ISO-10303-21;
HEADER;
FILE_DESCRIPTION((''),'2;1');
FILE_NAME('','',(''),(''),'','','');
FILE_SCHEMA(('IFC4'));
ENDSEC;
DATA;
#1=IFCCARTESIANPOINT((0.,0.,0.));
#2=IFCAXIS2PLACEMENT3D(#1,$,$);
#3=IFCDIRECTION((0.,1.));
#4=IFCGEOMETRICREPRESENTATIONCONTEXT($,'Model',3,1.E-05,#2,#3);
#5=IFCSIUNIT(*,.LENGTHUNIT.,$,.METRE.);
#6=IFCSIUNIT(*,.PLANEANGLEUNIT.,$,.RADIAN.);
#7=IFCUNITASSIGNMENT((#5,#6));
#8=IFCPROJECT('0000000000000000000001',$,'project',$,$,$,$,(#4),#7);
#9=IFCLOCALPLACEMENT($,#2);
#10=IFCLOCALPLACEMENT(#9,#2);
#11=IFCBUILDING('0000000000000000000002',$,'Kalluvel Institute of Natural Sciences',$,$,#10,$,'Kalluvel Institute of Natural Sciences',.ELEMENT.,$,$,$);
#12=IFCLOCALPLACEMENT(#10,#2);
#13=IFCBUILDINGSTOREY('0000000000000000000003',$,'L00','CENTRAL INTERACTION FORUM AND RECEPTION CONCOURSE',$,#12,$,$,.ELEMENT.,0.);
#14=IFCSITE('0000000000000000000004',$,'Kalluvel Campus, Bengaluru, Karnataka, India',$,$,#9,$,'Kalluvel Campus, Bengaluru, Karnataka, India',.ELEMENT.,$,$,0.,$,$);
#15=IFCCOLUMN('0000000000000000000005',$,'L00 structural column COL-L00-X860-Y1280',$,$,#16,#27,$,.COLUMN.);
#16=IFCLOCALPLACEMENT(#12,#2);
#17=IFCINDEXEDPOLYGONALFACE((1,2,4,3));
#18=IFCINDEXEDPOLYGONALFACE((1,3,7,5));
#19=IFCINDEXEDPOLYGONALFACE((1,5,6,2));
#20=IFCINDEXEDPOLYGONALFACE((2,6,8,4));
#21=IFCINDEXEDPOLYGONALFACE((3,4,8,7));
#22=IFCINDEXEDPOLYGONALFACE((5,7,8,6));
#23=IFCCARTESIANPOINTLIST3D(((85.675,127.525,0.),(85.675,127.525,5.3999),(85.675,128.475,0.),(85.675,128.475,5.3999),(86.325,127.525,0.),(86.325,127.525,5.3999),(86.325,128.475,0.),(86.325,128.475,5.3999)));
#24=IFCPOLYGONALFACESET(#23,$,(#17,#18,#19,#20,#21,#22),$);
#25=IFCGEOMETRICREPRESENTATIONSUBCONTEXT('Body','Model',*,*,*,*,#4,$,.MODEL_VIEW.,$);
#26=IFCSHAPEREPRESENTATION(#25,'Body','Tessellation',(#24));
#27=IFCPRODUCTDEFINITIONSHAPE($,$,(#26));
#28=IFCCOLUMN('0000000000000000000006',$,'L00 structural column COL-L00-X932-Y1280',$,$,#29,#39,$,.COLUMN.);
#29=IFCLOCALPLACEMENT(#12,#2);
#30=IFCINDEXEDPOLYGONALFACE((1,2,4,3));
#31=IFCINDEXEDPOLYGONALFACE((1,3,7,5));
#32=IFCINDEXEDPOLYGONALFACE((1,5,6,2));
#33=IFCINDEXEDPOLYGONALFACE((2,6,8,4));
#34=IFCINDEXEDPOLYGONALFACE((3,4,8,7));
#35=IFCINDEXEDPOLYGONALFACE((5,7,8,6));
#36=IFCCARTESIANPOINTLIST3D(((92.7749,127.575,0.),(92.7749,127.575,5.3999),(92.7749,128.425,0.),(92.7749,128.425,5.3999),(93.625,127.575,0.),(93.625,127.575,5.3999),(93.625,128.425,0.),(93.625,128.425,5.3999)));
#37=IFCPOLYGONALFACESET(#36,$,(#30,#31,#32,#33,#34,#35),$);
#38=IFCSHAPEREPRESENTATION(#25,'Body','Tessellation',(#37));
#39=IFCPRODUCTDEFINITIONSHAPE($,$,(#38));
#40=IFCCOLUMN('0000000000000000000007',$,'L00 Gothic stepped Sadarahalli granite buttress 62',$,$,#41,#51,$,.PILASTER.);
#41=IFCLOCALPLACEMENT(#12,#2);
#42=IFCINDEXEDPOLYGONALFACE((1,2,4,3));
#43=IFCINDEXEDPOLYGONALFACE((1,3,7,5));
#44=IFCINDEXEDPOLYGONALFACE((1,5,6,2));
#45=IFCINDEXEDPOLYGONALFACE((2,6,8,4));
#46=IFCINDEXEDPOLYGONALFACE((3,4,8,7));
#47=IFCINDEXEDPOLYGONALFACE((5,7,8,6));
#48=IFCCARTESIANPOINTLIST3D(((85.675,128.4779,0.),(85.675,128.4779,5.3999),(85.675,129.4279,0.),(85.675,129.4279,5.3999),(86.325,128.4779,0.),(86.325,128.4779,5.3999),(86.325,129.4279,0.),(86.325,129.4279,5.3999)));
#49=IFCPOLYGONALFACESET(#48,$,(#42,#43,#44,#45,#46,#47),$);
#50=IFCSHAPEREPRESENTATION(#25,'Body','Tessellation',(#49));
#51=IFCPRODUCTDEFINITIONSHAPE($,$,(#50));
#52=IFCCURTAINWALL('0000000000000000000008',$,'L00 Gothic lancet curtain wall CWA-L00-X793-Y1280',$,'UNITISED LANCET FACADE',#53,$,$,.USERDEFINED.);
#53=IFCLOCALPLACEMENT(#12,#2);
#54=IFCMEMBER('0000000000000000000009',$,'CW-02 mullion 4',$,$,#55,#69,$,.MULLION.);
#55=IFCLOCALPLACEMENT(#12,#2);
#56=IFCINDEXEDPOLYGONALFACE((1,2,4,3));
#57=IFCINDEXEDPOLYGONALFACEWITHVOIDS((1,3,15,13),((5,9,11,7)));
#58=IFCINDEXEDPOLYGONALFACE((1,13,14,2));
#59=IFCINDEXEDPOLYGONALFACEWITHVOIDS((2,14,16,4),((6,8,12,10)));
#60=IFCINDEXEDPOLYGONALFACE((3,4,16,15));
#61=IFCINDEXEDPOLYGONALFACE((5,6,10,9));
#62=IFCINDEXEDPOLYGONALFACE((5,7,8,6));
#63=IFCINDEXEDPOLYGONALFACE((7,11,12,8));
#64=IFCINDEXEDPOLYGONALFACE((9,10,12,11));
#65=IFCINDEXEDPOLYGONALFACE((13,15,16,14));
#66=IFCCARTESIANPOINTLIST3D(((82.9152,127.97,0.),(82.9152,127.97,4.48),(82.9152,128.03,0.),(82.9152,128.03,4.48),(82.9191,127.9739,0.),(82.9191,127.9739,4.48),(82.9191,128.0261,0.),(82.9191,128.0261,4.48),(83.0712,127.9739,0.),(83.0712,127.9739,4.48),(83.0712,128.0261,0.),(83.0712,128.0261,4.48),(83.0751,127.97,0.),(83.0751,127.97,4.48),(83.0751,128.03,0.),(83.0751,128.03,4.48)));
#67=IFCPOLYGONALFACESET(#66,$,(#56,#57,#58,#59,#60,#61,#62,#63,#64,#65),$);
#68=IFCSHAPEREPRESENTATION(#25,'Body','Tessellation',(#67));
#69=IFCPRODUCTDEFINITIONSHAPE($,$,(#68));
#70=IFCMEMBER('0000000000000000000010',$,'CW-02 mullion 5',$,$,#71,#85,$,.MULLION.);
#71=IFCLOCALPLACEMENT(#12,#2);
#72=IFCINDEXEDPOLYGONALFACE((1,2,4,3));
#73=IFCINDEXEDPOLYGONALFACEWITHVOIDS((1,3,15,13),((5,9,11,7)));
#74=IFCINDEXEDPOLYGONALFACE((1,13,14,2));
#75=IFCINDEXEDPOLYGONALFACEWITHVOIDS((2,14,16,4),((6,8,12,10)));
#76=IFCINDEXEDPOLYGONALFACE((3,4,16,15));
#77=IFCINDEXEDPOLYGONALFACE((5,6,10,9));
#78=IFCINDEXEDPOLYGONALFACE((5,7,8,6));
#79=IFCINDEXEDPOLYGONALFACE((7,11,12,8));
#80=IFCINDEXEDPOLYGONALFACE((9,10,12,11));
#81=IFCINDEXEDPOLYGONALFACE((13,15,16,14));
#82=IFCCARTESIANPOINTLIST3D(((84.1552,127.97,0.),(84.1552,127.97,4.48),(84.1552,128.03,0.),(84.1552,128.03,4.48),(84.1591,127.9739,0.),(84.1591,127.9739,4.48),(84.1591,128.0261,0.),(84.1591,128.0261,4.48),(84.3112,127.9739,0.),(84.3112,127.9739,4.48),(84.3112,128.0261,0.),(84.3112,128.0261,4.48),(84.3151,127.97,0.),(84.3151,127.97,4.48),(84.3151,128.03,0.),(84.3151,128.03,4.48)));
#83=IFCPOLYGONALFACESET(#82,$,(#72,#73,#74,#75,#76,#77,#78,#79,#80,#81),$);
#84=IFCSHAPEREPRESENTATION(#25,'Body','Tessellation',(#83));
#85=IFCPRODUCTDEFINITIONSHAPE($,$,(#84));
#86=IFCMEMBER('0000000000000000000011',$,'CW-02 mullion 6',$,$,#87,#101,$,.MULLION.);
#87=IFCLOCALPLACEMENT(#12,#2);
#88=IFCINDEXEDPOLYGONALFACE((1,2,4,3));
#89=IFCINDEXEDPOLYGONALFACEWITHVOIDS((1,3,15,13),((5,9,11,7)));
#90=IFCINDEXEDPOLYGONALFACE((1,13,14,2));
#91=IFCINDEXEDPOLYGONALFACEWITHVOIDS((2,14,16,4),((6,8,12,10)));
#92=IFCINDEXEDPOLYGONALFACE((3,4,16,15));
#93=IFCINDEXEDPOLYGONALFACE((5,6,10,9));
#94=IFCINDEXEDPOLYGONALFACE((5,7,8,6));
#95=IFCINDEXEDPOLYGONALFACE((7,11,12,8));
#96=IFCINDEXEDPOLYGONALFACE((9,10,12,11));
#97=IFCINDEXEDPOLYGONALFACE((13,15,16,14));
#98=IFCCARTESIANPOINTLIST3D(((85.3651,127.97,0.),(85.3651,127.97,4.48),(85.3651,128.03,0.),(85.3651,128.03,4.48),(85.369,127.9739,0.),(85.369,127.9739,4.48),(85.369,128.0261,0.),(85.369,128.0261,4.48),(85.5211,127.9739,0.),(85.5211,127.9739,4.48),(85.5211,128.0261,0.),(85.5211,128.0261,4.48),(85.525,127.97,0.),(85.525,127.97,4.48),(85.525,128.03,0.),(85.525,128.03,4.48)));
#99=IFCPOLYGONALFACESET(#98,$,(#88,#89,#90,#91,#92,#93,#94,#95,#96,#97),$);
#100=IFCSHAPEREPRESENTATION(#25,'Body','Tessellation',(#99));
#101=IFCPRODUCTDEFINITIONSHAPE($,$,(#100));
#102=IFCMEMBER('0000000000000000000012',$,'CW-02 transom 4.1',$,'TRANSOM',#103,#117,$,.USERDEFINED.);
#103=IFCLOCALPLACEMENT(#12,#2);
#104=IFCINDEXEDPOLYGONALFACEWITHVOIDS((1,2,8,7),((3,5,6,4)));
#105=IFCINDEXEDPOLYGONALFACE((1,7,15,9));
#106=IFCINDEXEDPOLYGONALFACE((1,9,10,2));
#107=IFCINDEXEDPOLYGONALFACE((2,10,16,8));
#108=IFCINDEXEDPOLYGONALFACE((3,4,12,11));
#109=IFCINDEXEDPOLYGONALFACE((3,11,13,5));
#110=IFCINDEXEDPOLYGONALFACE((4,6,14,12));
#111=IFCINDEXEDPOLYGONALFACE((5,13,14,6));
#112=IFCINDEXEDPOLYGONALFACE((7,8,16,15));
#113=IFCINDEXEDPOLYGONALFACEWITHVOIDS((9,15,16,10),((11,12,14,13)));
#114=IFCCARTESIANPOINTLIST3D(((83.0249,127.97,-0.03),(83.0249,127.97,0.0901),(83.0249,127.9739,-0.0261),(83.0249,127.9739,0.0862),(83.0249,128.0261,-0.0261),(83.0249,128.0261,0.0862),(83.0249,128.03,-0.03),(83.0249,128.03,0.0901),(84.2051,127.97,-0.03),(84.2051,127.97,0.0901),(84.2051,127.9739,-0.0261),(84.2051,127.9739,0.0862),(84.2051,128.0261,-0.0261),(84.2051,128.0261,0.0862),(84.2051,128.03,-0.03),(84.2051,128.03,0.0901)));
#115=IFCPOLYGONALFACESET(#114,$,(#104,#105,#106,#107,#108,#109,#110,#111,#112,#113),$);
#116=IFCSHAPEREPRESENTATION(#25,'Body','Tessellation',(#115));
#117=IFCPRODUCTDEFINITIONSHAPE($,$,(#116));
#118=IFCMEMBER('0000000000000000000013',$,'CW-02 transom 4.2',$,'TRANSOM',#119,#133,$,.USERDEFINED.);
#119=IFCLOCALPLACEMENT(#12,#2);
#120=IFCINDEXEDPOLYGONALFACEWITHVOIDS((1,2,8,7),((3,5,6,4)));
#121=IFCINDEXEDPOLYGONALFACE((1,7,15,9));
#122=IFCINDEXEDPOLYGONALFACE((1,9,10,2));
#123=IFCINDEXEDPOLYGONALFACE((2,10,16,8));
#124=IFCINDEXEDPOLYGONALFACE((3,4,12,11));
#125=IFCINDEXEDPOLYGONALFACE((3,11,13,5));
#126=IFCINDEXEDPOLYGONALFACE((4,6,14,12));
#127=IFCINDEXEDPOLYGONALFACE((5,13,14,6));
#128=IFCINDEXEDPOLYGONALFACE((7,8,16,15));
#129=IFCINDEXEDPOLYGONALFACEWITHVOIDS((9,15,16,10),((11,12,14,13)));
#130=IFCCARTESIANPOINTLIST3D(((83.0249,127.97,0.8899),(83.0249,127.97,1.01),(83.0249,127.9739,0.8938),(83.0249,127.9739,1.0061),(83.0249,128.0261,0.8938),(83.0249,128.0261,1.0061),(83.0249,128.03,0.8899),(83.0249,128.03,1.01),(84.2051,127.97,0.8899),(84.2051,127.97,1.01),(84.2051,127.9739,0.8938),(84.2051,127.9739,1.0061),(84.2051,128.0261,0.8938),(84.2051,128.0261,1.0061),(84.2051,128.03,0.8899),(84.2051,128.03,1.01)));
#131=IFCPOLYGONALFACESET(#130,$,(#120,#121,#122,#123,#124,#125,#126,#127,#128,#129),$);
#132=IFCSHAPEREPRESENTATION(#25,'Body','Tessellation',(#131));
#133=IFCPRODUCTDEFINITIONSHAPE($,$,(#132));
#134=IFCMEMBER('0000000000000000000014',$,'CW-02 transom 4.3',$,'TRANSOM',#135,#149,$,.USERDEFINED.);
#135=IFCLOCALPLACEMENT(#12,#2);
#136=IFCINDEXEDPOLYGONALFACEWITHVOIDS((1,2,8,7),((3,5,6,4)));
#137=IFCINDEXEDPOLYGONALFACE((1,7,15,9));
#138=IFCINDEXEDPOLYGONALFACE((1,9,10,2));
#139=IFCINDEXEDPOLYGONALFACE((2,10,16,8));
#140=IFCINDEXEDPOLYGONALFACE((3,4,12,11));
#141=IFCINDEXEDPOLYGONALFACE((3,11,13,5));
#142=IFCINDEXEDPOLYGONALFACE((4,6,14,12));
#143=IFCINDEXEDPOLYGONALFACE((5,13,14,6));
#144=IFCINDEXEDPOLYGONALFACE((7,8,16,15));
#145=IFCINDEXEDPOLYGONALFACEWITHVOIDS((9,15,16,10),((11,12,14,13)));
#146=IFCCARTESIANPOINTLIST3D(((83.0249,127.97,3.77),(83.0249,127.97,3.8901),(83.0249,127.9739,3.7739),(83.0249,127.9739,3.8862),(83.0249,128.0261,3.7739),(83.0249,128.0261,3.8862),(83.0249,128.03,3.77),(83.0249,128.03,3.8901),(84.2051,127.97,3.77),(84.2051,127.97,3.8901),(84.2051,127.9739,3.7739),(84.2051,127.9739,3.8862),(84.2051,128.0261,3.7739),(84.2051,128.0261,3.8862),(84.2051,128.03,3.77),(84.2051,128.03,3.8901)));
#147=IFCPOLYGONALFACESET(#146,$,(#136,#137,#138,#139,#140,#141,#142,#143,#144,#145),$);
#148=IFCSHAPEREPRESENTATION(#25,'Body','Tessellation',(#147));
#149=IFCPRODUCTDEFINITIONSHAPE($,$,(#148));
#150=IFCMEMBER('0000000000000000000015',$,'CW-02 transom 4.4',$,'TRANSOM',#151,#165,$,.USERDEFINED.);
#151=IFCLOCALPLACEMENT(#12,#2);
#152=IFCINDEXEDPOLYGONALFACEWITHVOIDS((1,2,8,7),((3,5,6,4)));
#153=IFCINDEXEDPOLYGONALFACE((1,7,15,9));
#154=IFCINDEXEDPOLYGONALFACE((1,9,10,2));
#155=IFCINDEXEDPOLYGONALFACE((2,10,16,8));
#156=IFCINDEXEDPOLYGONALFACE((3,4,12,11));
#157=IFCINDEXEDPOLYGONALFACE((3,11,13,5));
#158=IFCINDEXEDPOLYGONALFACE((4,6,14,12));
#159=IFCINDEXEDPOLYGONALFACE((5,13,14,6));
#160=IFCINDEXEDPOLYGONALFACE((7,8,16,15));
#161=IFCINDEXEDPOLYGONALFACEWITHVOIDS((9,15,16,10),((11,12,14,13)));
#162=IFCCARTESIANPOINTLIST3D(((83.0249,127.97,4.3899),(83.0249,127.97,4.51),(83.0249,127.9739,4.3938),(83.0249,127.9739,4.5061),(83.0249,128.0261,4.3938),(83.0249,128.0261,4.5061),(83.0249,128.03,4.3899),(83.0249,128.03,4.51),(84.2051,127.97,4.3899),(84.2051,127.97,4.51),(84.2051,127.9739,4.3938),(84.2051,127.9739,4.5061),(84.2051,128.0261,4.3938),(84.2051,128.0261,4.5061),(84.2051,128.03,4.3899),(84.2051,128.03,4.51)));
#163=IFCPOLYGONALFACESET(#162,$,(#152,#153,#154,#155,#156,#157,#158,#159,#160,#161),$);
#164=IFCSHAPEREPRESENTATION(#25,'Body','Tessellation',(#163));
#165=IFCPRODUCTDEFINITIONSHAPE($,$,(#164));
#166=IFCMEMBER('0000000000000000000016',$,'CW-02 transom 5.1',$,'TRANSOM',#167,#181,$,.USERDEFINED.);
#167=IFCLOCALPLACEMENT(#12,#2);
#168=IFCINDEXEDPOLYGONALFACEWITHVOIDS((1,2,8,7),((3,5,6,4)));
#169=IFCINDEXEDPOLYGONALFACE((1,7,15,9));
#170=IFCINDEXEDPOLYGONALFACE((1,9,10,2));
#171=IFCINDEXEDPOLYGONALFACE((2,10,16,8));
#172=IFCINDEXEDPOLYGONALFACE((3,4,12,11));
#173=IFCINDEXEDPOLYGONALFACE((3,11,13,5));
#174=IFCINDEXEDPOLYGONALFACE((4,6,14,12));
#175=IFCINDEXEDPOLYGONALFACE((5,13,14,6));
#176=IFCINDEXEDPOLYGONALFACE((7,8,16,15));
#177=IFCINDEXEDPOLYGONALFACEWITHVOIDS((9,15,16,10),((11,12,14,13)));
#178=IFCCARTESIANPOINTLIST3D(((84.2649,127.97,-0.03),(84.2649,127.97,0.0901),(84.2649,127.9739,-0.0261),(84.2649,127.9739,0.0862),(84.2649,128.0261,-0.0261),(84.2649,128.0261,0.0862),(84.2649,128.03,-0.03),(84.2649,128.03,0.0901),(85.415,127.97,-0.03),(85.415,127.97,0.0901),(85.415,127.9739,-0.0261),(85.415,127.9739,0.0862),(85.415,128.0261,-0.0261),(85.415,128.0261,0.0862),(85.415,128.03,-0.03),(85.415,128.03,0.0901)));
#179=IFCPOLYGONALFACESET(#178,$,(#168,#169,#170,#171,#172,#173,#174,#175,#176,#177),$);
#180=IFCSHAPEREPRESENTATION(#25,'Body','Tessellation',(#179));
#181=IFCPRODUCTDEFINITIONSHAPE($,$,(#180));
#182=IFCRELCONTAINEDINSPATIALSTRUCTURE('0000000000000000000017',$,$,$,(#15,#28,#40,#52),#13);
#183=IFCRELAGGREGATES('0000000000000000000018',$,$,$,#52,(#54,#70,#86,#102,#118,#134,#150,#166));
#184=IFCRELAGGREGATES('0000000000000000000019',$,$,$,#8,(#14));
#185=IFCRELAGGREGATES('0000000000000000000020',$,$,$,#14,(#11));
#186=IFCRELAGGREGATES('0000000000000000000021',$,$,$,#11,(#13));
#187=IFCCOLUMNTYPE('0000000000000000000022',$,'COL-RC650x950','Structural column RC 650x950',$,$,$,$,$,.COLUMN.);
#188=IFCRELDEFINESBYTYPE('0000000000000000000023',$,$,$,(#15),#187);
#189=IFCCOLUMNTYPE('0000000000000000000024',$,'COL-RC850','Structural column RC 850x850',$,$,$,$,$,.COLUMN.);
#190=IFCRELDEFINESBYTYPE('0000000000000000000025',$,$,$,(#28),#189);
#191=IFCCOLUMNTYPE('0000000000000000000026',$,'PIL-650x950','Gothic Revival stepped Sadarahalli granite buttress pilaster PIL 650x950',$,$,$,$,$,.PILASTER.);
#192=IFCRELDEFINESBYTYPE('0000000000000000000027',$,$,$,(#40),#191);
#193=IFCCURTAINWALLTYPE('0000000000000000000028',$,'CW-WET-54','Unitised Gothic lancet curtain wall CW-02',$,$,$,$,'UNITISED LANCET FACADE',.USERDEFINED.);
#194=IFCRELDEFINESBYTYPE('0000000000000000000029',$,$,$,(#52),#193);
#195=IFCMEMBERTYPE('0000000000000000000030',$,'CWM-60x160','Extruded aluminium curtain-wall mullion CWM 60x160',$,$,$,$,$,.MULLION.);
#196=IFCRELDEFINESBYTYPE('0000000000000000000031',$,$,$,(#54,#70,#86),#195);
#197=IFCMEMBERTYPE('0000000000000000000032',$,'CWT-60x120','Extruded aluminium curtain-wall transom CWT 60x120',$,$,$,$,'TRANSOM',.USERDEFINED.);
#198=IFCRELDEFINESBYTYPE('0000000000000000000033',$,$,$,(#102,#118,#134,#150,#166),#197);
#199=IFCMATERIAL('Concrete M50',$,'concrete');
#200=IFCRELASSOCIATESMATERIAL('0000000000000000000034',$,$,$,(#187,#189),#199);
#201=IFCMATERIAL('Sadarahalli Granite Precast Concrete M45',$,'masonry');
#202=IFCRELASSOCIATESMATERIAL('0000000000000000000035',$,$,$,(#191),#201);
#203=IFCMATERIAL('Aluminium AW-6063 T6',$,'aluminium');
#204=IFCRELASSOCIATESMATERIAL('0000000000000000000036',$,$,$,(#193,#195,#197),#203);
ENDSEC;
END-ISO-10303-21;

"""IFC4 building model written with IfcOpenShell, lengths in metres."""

from ifc_helpers import new_model, si_unit, direction, frame, origin, origin_2d, place, context, subcontext, project, spatial, rectangle, hollow_rectangle, extrude, material, material_profile, profile_set, type_object, element, aggregate, save


model = new_model("IFC4")

# Units and contexts
model_context = context("Model", 3, precision=1e-05, world=origin(), true_north=direction((0.0, 1.0)))
body_context = subcontext(model_context, "Body", "Model", "MODEL_VIEW")
ifc_project = project(units=[si_unit("LENGTHUNIT", "METRE"), si_unit("PLANEANGLEUNIT", "RADIAN")], contexts=[model_context])

# Site, building, storey
site_placement = place(None, origin())
site = spatial("IfcSite", under=ifc_project, at=site_placement, Name="Kalluvel Campus, Bengaluru, Karnataka, India", LongName="Kalluvel Campus, Bengaluru, Karnataka, India", CompositionType="ELEMENT", RefElevation=0.0)
building_placement = place(site_placement, origin())
building = spatial("IfcBuilding", under=site, at=building_placement, Name="Kalluvel Institute of Natural Sciences", LongName="Kalluvel Institute of Natural Sciences", CompositionType="ELEMENT")
storey_placement = place(building_placement, origin())
storey = spatial("IfcBuildingStorey", under=building, at=storey_placement, Name="L00", Description="CENTRAL INTERACTION FORUM AND RECEPTION CONCOURSE", CompositionType="ELEMENT", Elevation=0.0)

# Columns
ifc_material_1 = material(Name="Concrete M50", Category="concrete")
ifc_material_profile_1 = material_profile(ifc_material_1, rectangle(XDim=0.6499, YDim=0.95, at=origin_2d()), Name="RC 650x950")
ifc_profile_set_1 = profile_set([ifc_material_profile_1], Name="Concrete M50")
column_type_1 = type_object("IfcColumnType", Name="COL-RC650x950", Description="Structural column RC 650x950", PredefinedType="COLUMN", material=ifc_profile_set_1)
column_1_placement = place(storey_placement, frame((86.0, 128.0, 0.0), z_axis=(0.0, 0.0, 1.0), x_axis=(1.0, 0.0, 0.0)))
element("IfcColumn", 1, at=column_1_placement, inside=storey, type_object=column_type_1, Name="L00 structural column COL-L00-X860-Y1280", PredefinedType="COLUMN", context=body_context, shape_type="SweptSolid", body=[
    extrude(rectangle(XDim=0.6499, YDim=0.95, at=origin_2d()), origin(), (0.0, 0.0, 1.0), 5.3999),
])
ifc_material_profile_2 = material_profile(ifc_material_1, rectangle(XDim=0.8501, YDim=0.8501, at=origin_2d()), Name="RC 850x850")
ifc_profile_set_2 = profile_set([ifc_material_profile_2], Name="Concrete M50")
column_type_2 = type_object("IfcColumnType", Name="COL-RC850", Description="Structural column RC 850x850", PredefinedType="COLUMN", material=ifc_profile_set_2)
column_2_placement = place(storey_placement, frame((93.2, 128.0, 0.0), z_axis=(0.0, 0.0, 1.0), x_axis=(1.0, 0.0, 0.0)))
element("IfcColumn", 2, at=column_2_placement, inside=storey, type_object=column_type_2, Name="L00 structural column COL-L00-X932-Y1280", PredefinedType="COLUMN", context=body_context, shape_type="SweptSolid", body=[
    extrude(rectangle(XDim=0.8501, YDim=0.8501, at=origin_2d()), origin(), (0.0, 0.0, 1.0), 5.3999),
])
ifc_material_2 = material(Name="Sadarahalli Granite Precast Concrete M45", Category="masonry")
ifc_material_profile_3 = material_profile(ifc_material_2, rectangle(XDim=0.6499, YDim=0.95, at=origin_2d()), Name="PIL 650x950")
ifc_profile_set_3 = profile_set([ifc_material_profile_3], Name="Sadarahalli Granite Precast Concrete M45")
column_type_3 = type_object("IfcColumnType", Name="PIL-650x950", Description="Gothic Revival stepped Sadarahalli granite buttress pilaster PIL 650x950", PredefinedType="PILASTER", material=ifc_profile_set_3)
column_3_placement = place(storey_placement, frame((86.0, 128.9529, 0.0), z_axis=(0.0, 0.0, 1.0), x_axis=(1.0, 0.0, 0.0)))
element("IfcColumn", 3, at=column_3_placement, inside=storey, type_object=column_type_3, Name="L00 Gothic stepped Sadarahalli granite buttress 62", PredefinedType="PILASTER", context=body_context, shape_type="SweptSolid", body=[
    extrude(rectangle(XDim=0.6499, YDim=0.95, at=origin_2d()), origin(), (0.0, 0.0, 1.0), 5.3999),
])

# Curtain wall, members
ifc_material_3 = material(Name="Aluminium AW-6063 T6", Category="aluminium")
curtain_wall_type = type_object("IfcCurtainWallType", Name="CW-WET-54", Description="Unitised Gothic lancet curtain wall CW-02", ElementType="UNITISED LANCET FACADE", PredefinedType="USERDEFINED", material=ifc_material_3)
curtain_wall_placement = place(storey_placement, origin())
curtain_wall = element("IfcCurtainWall", 4, at=curtain_wall_placement, inside=storey, type_object=curtain_wall_type, Name="L00 Gothic lancet curtain wall CWA-L00-X793-Y1280", ObjectType="UNITISED LANCET FACADE", PredefinedType="USERDEFINED")
ifc_material_profile_4 = material_profile(ifc_material_3, hollow_rectangle(XDim=0.0601, YDim=0.1599, WallThickness=0.0039, at=origin_2d()), Name="CWM 60x160")
ifc_profile_set_4 = profile_set([ifc_material_profile_4], Name="Aluminium AW-6063 T6")
member_type_1 = type_object("IfcMemberType", Name="CWM-60x160", Description="Extruded aluminium curtain-wall mullion CWM 60x160", PredefinedType="MULLION", material=ifc_profile_set_4)
member_1_placement = place(storey_placement, frame((82.9951, 128.0, 0.0), z_axis=(0.0, 0.0, 1.0), x_axis=(0.0, 1.0, 0.0)))
member_1 = element("IfcMember", 5, at=member_1_placement, type_object=member_type_1, Name="CW-02 mullion 4", PredefinedType="MULLION", context=body_context, shape_type="SweptSolid", body=[
    extrude(hollow_rectangle(XDim=0.0601, YDim=0.1599, WallThickness=0.0039, at=origin_2d()), origin(), (0.0, 0.0, 1.0), 4.48),
])
member_2_placement = place(storey_placement, frame((84.2351, 128.0, 0.0), z_axis=(0.0, 0.0, 1.0), x_axis=(0.0, 1.0, 0.0)))
member_2 = element("IfcMember", 6, at=member_2_placement, type_object=member_type_1, Name="CW-02 mullion 5", PredefinedType="MULLION", context=body_context, shape_type="SweptSolid", body=[
    extrude(hollow_rectangle(XDim=0.0601, YDim=0.1599, WallThickness=0.0039, at=origin_2d()), origin(), (0.0, 0.0, 1.0), 4.48),
])
member_3_placement = place(storey_placement, frame((85.4451, 128.0, 0.0), z_axis=(0.0, 0.0, 1.0), x_axis=(0.0, 1.0, 0.0)))
member_3 = element("IfcMember", 7, at=member_3_placement, type_object=member_type_1, Name="CW-02 mullion 6", PredefinedType="MULLION", context=body_context, shape_type="SweptSolid", body=[
    extrude(hollow_rectangle(XDim=0.0601, YDim=0.1599, WallThickness=0.0039, at=origin_2d()), origin(), (0.0, 0.0, 1.0), 4.48),
])
ifc_material_profile_5 = material_profile(ifc_material_3, hollow_rectangle(XDim=0.0601, YDim=0.1201, WallThickness=0.0039, at=origin_2d()), Name="CWT 60x120")
ifc_profile_set_5 = profile_set([ifc_material_profile_5], Name="Aluminium AW-6063 T6")
member_type_2 = type_object("IfcMemberType", Name="CWT-60x120", Description="Extruded aluminium curtain-wall transom CWT 60x120", ElementType="TRANSOM", PredefinedType="USERDEFINED", material=ifc_profile_set_5)
member_4_placement = place(storey_placement, frame((83.0249, 128.0, 0.03), z_axis=(1.0, 0.0, 0.0), x_axis=(0.0, 1.0, 0.0)))
member_4 = element("IfcMember", 8, at=member_4_placement, type_object=member_type_2, Name="CW-02 transom 4.1", ObjectType="TRANSOM", PredefinedType="USERDEFINED", context=body_context, shape_type="SweptSolid", body=[
    extrude(hollow_rectangle(XDim=0.0601, YDim=0.1201, WallThickness=0.0039, at=origin_2d()), origin(), (0.0, 0.0, 1.0), 1.1802),
])
member_5_placement = place(storey_placement, frame((83.0249, 128.0, 0.95), z_axis=(1.0, 0.0, 0.0), x_axis=(0.0, 1.0, 0.0)))
member_5 = element("IfcMember", 9, at=member_5_placement, type_object=member_type_2, Name="CW-02 transom 4.2", ObjectType="TRANSOM", PredefinedType="USERDEFINED", context=body_context, shape_type="SweptSolid", body=[
    extrude(hollow_rectangle(XDim=0.0601, YDim=0.1201, WallThickness=0.0039, at=origin_2d()), origin(), (0.0, 0.0, 1.0), 1.1802),
])
member_6_placement = place(storey_placement, frame((83.0249, 128.0, 3.8301), z_axis=(1.0, 0.0, 0.0), x_axis=(0.0, 1.0, 0.0)))
member_6 = element("IfcMember", 10, at=member_6_placement, type_object=member_type_2, Name="CW-02 transom 4.3", ObjectType="TRANSOM", PredefinedType="USERDEFINED", context=body_context, shape_type="SweptSolid", body=[
    extrude(hollow_rectangle(XDim=0.0601, YDim=0.1201, WallThickness=0.0039, at=origin_2d()), origin(), (0.0, 0.0, 1.0), 1.1802),
])
member_7_placement = place(storey_placement, frame((83.0249, 128.0, 4.45), z_axis=(1.0, 0.0, 0.0), x_axis=(0.0, 1.0, 0.0)))
member_7 = element("IfcMember", 11, at=member_7_placement, type_object=member_type_2, Name="CW-02 transom 4.4", ObjectType="TRANSOM", PredefinedType="USERDEFINED", context=body_context, shape_type="SweptSolid", body=[
    extrude(hollow_rectangle(XDim=0.0601, YDim=0.1201, WallThickness=0.0039, at=origin_2d()), origin(), (0.0, 0.0, 1.0), 1.1802),
])
member_8_placement = place(storey_placement, frame((84.2649, 128.0, 0.03), z_axis=(1.0, 0.0, 0.0), x_axis=(0.0, 1.0, 0.0)))
member_8 = element("IfcMember", 12, at=member_8_placement, type_object=member_type_2, Name="CW-02 transom 5.1", ObjectType="TRANSOM", PredefinedType="USERDEFINED", context=body_context, shape_type="SweptSolid", body=[
    extrude(hollow_rectangle(XDim=0.0601, YDim=0.1201, WallThickness=0.0039, at=origin_2d()), origin(), (0.0, 0.0, 1.0), 1.1501),
])

aggregate(curtain_wall, [member_1, member_2, member_3, member_4, member_5, member_6, member_7, member_8])

save(model, "model.ifc")
